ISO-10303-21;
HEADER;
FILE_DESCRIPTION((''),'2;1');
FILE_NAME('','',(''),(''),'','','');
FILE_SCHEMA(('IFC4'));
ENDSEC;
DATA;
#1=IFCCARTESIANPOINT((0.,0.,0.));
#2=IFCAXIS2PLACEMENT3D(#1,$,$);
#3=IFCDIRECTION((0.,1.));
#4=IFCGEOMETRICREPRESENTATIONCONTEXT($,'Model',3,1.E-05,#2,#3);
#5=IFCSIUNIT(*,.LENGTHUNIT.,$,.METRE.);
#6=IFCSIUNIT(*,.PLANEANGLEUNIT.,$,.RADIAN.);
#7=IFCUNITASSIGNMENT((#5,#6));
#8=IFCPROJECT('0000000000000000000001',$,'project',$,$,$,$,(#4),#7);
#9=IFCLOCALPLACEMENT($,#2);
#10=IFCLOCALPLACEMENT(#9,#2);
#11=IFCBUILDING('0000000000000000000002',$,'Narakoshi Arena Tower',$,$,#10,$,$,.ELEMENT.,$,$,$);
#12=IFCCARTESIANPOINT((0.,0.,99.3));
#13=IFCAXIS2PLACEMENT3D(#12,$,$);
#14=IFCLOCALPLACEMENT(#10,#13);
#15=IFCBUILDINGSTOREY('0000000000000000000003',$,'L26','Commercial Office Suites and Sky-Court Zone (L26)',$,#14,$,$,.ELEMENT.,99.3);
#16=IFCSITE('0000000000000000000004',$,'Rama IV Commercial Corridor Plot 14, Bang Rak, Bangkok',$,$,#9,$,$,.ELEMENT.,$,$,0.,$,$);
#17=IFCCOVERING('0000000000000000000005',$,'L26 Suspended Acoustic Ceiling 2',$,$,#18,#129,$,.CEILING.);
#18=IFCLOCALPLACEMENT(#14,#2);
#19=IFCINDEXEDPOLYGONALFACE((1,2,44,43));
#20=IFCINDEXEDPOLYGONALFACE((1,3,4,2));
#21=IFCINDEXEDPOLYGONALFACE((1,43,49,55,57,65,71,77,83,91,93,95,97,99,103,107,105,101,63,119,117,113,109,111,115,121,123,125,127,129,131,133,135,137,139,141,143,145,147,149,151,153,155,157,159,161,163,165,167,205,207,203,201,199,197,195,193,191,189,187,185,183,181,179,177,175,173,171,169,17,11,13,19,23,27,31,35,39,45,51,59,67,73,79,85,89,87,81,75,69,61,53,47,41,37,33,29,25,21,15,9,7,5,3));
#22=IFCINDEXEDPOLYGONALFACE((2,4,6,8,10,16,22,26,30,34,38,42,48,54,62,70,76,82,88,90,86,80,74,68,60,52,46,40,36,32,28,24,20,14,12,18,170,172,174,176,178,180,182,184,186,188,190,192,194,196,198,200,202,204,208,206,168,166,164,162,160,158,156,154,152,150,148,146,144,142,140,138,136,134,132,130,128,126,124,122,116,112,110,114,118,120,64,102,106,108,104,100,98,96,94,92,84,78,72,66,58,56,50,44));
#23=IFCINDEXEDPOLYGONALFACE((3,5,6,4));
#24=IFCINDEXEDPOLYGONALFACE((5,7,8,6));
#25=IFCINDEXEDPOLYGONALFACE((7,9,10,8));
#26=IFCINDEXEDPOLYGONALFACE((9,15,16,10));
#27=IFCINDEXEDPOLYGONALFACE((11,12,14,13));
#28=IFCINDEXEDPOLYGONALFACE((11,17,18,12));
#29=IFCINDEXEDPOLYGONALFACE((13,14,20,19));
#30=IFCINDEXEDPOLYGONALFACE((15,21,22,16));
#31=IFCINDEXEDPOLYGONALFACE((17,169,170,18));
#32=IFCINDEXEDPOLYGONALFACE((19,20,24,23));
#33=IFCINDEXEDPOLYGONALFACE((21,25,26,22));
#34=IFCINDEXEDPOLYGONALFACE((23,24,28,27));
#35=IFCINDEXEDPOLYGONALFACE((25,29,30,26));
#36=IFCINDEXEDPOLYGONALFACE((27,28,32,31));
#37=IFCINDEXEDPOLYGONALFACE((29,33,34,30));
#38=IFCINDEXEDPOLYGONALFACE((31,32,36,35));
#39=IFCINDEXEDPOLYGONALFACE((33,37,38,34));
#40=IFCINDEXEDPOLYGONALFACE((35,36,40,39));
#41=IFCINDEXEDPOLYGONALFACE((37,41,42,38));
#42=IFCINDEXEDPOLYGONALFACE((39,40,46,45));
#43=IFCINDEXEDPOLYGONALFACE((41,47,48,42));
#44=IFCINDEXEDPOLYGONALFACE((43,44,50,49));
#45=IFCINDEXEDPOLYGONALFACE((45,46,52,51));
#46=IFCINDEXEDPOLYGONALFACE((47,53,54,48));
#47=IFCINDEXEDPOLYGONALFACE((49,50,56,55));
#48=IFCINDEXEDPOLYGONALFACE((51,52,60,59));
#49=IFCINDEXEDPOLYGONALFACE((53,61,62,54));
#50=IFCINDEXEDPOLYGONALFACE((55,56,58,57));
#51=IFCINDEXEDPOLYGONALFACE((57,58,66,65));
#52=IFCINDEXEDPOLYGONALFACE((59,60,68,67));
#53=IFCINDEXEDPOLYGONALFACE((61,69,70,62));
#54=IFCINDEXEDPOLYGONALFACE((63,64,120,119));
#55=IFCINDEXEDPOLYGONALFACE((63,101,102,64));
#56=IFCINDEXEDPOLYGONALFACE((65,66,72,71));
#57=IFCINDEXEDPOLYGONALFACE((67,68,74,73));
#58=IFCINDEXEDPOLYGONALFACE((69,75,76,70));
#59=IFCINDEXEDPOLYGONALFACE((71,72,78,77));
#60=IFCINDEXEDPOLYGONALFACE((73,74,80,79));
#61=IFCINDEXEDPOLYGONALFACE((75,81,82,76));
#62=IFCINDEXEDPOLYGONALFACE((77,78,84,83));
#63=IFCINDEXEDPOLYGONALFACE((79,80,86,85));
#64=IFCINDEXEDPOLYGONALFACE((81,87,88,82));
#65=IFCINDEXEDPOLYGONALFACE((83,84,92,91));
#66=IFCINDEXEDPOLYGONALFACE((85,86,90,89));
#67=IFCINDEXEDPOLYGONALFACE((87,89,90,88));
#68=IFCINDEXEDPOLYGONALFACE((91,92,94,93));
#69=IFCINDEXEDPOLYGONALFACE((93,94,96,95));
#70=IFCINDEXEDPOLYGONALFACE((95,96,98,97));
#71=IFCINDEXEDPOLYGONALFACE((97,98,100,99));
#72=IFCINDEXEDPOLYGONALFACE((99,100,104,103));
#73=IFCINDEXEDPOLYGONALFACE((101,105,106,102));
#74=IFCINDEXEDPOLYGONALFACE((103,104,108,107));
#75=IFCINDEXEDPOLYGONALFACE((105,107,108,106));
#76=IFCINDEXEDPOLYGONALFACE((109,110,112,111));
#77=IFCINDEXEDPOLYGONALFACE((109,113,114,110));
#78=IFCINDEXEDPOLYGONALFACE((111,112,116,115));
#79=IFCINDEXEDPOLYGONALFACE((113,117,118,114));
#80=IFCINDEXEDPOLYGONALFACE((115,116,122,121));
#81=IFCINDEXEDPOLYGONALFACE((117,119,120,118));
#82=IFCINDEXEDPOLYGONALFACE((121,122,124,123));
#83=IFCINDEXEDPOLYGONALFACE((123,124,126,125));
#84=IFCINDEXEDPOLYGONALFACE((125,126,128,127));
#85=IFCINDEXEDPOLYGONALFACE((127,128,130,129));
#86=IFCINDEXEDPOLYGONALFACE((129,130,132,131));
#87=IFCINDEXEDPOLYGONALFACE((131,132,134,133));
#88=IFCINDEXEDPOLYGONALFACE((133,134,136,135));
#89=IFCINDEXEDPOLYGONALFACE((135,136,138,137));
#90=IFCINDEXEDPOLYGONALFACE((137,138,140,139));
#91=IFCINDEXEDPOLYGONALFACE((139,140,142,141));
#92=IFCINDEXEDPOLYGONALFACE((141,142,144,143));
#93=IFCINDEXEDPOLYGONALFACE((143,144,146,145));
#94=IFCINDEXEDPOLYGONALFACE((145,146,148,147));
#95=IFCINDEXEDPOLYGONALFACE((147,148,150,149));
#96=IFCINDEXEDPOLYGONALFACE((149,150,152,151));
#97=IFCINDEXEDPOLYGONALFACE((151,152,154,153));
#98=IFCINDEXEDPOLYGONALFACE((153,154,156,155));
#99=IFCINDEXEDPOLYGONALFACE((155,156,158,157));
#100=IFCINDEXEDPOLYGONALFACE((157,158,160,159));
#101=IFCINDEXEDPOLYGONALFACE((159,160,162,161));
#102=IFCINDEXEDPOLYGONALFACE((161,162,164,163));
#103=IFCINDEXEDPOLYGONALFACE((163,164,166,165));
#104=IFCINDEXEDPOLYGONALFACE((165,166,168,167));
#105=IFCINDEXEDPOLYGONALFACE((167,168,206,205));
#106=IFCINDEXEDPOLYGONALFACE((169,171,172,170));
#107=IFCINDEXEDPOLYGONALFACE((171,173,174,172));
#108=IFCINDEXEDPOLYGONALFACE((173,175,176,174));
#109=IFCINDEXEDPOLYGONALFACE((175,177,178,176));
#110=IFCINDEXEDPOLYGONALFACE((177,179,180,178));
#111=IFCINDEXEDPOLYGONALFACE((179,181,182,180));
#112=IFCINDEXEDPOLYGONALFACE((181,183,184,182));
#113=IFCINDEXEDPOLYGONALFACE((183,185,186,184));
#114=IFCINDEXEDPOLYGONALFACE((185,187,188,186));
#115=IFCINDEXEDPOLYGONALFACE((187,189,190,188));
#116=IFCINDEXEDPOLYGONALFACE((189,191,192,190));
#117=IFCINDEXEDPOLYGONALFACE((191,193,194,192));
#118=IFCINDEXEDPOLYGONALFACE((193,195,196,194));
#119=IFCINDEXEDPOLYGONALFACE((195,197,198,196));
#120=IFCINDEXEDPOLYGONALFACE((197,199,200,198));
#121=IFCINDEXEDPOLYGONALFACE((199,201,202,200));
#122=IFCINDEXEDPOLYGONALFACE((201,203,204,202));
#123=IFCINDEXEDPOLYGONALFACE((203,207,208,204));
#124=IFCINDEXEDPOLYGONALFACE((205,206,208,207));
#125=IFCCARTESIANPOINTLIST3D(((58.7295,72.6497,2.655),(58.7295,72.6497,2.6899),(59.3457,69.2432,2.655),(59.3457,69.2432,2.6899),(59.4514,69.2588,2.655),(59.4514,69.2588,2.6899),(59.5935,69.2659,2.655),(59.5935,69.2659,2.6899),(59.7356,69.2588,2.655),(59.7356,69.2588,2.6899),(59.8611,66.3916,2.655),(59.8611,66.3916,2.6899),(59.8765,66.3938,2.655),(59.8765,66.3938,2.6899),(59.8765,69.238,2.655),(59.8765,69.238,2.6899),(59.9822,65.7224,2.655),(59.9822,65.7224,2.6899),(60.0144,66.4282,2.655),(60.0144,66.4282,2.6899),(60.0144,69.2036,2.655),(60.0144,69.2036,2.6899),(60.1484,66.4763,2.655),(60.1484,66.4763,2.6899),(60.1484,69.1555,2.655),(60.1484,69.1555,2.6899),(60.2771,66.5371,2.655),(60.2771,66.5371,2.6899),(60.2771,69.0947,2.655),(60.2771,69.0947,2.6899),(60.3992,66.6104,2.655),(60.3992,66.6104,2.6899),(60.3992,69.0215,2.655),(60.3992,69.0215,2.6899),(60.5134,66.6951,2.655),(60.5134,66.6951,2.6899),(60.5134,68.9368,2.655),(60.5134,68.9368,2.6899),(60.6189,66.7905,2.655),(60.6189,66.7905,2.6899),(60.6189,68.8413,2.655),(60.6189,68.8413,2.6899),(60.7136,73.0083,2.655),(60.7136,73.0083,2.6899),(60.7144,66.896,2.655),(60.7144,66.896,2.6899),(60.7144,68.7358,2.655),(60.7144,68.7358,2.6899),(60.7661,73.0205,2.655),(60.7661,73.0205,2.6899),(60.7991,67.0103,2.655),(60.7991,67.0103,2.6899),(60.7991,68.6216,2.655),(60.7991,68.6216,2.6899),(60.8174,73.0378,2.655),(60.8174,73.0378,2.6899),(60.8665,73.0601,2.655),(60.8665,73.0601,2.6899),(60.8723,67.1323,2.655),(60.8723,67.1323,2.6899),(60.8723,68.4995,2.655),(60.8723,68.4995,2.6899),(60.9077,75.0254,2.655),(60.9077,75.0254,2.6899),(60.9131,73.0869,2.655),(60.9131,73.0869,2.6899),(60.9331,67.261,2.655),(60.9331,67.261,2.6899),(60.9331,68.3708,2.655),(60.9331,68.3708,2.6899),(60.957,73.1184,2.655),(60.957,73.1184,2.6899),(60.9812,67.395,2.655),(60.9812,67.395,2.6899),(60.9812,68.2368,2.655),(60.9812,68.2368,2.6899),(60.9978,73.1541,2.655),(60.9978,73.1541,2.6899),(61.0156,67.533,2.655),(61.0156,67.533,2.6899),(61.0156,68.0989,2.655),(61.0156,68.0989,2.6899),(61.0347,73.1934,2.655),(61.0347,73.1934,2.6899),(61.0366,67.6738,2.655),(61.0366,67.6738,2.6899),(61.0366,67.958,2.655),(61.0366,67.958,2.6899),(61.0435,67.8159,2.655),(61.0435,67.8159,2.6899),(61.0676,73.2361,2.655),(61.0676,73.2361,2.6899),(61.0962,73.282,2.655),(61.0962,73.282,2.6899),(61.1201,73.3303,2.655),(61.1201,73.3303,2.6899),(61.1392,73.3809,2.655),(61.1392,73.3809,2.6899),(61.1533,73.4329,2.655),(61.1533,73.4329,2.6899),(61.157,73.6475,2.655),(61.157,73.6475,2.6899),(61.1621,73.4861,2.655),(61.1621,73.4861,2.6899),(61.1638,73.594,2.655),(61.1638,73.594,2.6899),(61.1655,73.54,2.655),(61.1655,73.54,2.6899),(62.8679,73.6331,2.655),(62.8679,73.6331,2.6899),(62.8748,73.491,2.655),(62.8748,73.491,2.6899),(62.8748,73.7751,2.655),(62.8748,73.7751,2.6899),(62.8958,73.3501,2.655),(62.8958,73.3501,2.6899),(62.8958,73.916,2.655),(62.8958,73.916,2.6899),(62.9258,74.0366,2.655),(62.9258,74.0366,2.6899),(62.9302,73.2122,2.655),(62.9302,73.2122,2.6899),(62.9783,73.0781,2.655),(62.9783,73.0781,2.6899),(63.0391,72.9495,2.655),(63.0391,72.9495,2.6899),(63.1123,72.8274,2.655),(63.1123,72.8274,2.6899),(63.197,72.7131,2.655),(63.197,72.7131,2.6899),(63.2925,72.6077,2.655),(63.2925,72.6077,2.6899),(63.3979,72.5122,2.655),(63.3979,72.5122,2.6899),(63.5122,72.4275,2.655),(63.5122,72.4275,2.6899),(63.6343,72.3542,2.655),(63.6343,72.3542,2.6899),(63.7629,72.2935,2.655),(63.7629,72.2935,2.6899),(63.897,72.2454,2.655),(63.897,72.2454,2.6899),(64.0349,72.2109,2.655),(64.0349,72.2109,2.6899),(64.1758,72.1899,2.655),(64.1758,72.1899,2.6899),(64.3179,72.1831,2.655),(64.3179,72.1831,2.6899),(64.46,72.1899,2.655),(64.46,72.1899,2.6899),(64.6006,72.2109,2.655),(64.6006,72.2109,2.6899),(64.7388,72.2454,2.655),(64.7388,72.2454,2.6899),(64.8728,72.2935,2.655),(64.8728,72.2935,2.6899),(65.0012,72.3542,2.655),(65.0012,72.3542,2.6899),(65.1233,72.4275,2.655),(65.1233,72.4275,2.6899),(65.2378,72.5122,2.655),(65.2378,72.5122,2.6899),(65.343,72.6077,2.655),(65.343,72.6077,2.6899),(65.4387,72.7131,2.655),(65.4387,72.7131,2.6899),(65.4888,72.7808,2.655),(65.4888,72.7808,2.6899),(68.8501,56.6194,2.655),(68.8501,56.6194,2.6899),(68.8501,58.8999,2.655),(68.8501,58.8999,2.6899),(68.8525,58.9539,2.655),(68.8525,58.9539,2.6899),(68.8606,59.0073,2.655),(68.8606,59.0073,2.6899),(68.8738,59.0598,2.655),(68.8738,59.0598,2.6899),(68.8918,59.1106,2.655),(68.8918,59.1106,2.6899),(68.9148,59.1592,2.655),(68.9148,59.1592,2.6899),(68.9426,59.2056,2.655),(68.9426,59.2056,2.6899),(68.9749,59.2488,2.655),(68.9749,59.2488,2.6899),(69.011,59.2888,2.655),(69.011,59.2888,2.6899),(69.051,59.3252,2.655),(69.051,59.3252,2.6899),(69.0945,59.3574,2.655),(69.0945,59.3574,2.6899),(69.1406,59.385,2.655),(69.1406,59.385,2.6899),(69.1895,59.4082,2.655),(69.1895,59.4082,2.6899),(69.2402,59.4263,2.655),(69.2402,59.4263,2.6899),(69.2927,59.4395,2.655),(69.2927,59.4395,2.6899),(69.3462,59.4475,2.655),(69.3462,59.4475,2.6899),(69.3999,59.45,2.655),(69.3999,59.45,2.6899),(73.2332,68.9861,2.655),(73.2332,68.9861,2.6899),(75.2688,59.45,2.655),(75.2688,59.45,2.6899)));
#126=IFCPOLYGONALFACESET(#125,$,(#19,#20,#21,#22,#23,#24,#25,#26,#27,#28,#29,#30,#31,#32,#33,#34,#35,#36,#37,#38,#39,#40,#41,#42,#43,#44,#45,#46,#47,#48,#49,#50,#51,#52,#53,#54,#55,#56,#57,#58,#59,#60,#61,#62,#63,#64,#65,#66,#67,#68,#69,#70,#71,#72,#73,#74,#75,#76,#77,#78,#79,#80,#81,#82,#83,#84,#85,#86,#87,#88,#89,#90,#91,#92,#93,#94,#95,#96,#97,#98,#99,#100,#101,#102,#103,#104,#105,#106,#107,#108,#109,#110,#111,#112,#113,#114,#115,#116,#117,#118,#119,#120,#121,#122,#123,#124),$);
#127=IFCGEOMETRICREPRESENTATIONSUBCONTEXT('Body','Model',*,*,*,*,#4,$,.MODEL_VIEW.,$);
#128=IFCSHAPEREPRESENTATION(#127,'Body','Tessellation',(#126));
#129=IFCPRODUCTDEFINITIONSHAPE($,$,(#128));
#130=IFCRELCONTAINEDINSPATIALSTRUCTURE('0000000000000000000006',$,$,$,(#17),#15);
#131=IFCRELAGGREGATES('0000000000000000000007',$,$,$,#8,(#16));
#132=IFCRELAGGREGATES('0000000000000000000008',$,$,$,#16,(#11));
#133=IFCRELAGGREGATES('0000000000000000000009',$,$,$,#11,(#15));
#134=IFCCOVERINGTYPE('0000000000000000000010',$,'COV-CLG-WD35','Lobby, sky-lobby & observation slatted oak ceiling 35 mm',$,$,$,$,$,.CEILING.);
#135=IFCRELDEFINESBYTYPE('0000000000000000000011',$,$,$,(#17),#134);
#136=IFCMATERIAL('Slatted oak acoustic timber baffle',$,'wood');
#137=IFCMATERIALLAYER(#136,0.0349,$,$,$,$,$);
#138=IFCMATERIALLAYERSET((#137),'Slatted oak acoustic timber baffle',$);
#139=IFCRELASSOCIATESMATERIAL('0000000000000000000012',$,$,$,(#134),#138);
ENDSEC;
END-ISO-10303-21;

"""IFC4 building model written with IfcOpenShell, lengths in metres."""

from ifc_helpers import new_model, si_unit, direction, frame, origin, place, context, subcontext, project, spatial, polyline, outline, extrude, material, layer, layer_set, type_object, element, save


model = new_model("IFC4")

# Units and contexts
model_context = context("Model", 3, precision=1e-05, world=origin(), true_north=direction((0.0, 1.0)))
body_context = subcontext(model_context, "Body", "Model", "MODEL_VIEW")
ifc_project = project(units=[si_unit("LENGTHUNIT", "METRE"), si_unit("PLANEANGLEUNIT", "RADIAN")], contexts=[model_context])

# Site, building, storey
site_placement = place(None, origin())
site = spatial("IfcSite", under=ifc_project, at=site_placement, Name="Rama IV Commercial Corridor Plot 14, Bang Rak, Bangkok", CompositionType="ELEMENT", RefElevation=0.0)
building_placement = place(site_placement, origin())
building = spatial("IfcBuilding", under=site, at=building_placement, Name="Narakoshi Arena Tower", CompositionType="ELEMENT")
storey_placement = place(building_placement, frame((0.0, 0.0, 99.3)))
storey = spatial("IfcBuildingStorey", under=building, at=storey_placement, Name="L26", Description="Commercial Office Suites and Sky-Court Zone (L26)", CompositionType="ELEMENT", Elevation=99.3)

# Covering
ifc_material_1 = material(Name="Slatted oak acoustic timber baffle", Category="wood")
ifc_layer_1 = layer(ifc_material_1, 0.0349)
ifc_layer_set_1 = layer_set([ifc_layer_1], Name="Slatted oak acoustic timber baffle")
covering_type_1 = type_object("IfcCoveringType", Name="COV-CLG-WD35", Description="Lobby, sky-lobby & observation slatted oak ceiling 35 mm", PredefinedType="CEILING", material=ifc_layer_set_1)
covering_1_placement = place(storey_placement, frame((0.0, 0.0, 2.655)))
element("IfcCovering", 1, at=covering_1_placement, inside=storey, type_object=covering_type_1, Name="L26 Suspended Acoustic Ceiling 2", PredefinedType="CEILING", context=body_context, shape_type="SweptSolid", body=[
    extrude(outline(polyline([(60.7136, 73.0083), (60.7661, 73.0205), (60.8174, 73.0378), (60.8665, 73.0601), (60.9131, 73.0869), (60.957, 73.1184), (60.9978, 73.1541), (61.0347, 73.1934), (61.0676, 73.2361), (61.0962, 73.282), (61.1201, 73.3303), (61.1392, 73.3809), (61.1533, 73.4329), (61.1621, 73.4861), (61.1655, 73.54), (61.1638, 73.594), (61.157, 73.6475), (60.9077, 75.0254), (62.9258, 74.0366), (62.8958, 73.916), (62.8748, 73.7751), (62.8679, 73.6331), (62.8748, 73.491), (62.8958, 73.3501), (62.9302, 73.2122), (62.9783, 73.0781), (63.0391, 72.9495), (63.1123, 72.8274), (63.197, 72.7131), (63.2925, 72.6077), (63.3979, 72.5122), (63.5122, 72.4275), (63.6343, 72.3542), (63.7629, 72.2935), (63.897, 72.2454), (64.0349, 72.2109), (64.1758, 72.1899), (64.3179, 72.1831), (64.46, 72.1899), (64.6006, 72.2109), (64.7388, 72.2454), (64.8728, 72.2935), (65.0012, 72.3542), (65.1233, 72.4275), (65.2378, 72.5122), (65.343, 72.6077), (65.4387, 72.7131), (65.4888, 72.7808), (73.2332, 68.9861), (75.2688, 59.45), (69.3999, 59.45), (69.3462, 59.4475), (69.2927, 59.4395), (69.2402, 59.4263), (69.1895, 59.4082), (69.1406, 59.385), (69.0945, 59.3574), (69.051, 59.3252), (69.011, 59.2888), (68.9749, 59.2488), (68.9426, 59.2056), (68.9148, 59.1592), (68.8918, 59.1106), (68.8738, 59.0598), (68.8606, 59.0073), (68.8525, 58.9539), (68.8501, 58.8999), (68.8501, 56.6194), (59.9822, 65.7224), (59.8611, 66.3916), (59.8765, 66.3938), (60.0144, 66.4282), (60.1484, 66.4763), (60.2771, 66.5371), (60.3992, 66.6104), (60.5134, 66.6951), (60.6189, 66.7905), (60.7144, 66.896), (60.7991, 67.0103), (60.8723, 67.1323), (60.9331, 67.261), (60.9812, 67.395), (61.0156, 67.533), (61.0366, 67.6738), (61.0435, 67.8159), (61.0366, 67.958), (61.0156, 68.0989), (60.9812, 68.2368), (60.9331, 68.3708), (60.8723, 68.4995), (60.7991, 68.6216), (60.7144, 68.7358), (60.6189, 68.8413), (60.5134, 68.9368), (60.3992, 69.0215), (60.2771, 69.0947), (60.1484, 69.1555), (60.0144, 69.2036), (59.8765, 69.238), (59.7356, 69.2588), (59.5935, 69.2659), (59.4514, 69.2588), (59.3457, 69.2432), (58.7295, 72.6497), (60.7136, 73.0083)])), origin(), (0.0, 0.0, 1.0), 0.0349),
])

save(model, "model.ifc")
